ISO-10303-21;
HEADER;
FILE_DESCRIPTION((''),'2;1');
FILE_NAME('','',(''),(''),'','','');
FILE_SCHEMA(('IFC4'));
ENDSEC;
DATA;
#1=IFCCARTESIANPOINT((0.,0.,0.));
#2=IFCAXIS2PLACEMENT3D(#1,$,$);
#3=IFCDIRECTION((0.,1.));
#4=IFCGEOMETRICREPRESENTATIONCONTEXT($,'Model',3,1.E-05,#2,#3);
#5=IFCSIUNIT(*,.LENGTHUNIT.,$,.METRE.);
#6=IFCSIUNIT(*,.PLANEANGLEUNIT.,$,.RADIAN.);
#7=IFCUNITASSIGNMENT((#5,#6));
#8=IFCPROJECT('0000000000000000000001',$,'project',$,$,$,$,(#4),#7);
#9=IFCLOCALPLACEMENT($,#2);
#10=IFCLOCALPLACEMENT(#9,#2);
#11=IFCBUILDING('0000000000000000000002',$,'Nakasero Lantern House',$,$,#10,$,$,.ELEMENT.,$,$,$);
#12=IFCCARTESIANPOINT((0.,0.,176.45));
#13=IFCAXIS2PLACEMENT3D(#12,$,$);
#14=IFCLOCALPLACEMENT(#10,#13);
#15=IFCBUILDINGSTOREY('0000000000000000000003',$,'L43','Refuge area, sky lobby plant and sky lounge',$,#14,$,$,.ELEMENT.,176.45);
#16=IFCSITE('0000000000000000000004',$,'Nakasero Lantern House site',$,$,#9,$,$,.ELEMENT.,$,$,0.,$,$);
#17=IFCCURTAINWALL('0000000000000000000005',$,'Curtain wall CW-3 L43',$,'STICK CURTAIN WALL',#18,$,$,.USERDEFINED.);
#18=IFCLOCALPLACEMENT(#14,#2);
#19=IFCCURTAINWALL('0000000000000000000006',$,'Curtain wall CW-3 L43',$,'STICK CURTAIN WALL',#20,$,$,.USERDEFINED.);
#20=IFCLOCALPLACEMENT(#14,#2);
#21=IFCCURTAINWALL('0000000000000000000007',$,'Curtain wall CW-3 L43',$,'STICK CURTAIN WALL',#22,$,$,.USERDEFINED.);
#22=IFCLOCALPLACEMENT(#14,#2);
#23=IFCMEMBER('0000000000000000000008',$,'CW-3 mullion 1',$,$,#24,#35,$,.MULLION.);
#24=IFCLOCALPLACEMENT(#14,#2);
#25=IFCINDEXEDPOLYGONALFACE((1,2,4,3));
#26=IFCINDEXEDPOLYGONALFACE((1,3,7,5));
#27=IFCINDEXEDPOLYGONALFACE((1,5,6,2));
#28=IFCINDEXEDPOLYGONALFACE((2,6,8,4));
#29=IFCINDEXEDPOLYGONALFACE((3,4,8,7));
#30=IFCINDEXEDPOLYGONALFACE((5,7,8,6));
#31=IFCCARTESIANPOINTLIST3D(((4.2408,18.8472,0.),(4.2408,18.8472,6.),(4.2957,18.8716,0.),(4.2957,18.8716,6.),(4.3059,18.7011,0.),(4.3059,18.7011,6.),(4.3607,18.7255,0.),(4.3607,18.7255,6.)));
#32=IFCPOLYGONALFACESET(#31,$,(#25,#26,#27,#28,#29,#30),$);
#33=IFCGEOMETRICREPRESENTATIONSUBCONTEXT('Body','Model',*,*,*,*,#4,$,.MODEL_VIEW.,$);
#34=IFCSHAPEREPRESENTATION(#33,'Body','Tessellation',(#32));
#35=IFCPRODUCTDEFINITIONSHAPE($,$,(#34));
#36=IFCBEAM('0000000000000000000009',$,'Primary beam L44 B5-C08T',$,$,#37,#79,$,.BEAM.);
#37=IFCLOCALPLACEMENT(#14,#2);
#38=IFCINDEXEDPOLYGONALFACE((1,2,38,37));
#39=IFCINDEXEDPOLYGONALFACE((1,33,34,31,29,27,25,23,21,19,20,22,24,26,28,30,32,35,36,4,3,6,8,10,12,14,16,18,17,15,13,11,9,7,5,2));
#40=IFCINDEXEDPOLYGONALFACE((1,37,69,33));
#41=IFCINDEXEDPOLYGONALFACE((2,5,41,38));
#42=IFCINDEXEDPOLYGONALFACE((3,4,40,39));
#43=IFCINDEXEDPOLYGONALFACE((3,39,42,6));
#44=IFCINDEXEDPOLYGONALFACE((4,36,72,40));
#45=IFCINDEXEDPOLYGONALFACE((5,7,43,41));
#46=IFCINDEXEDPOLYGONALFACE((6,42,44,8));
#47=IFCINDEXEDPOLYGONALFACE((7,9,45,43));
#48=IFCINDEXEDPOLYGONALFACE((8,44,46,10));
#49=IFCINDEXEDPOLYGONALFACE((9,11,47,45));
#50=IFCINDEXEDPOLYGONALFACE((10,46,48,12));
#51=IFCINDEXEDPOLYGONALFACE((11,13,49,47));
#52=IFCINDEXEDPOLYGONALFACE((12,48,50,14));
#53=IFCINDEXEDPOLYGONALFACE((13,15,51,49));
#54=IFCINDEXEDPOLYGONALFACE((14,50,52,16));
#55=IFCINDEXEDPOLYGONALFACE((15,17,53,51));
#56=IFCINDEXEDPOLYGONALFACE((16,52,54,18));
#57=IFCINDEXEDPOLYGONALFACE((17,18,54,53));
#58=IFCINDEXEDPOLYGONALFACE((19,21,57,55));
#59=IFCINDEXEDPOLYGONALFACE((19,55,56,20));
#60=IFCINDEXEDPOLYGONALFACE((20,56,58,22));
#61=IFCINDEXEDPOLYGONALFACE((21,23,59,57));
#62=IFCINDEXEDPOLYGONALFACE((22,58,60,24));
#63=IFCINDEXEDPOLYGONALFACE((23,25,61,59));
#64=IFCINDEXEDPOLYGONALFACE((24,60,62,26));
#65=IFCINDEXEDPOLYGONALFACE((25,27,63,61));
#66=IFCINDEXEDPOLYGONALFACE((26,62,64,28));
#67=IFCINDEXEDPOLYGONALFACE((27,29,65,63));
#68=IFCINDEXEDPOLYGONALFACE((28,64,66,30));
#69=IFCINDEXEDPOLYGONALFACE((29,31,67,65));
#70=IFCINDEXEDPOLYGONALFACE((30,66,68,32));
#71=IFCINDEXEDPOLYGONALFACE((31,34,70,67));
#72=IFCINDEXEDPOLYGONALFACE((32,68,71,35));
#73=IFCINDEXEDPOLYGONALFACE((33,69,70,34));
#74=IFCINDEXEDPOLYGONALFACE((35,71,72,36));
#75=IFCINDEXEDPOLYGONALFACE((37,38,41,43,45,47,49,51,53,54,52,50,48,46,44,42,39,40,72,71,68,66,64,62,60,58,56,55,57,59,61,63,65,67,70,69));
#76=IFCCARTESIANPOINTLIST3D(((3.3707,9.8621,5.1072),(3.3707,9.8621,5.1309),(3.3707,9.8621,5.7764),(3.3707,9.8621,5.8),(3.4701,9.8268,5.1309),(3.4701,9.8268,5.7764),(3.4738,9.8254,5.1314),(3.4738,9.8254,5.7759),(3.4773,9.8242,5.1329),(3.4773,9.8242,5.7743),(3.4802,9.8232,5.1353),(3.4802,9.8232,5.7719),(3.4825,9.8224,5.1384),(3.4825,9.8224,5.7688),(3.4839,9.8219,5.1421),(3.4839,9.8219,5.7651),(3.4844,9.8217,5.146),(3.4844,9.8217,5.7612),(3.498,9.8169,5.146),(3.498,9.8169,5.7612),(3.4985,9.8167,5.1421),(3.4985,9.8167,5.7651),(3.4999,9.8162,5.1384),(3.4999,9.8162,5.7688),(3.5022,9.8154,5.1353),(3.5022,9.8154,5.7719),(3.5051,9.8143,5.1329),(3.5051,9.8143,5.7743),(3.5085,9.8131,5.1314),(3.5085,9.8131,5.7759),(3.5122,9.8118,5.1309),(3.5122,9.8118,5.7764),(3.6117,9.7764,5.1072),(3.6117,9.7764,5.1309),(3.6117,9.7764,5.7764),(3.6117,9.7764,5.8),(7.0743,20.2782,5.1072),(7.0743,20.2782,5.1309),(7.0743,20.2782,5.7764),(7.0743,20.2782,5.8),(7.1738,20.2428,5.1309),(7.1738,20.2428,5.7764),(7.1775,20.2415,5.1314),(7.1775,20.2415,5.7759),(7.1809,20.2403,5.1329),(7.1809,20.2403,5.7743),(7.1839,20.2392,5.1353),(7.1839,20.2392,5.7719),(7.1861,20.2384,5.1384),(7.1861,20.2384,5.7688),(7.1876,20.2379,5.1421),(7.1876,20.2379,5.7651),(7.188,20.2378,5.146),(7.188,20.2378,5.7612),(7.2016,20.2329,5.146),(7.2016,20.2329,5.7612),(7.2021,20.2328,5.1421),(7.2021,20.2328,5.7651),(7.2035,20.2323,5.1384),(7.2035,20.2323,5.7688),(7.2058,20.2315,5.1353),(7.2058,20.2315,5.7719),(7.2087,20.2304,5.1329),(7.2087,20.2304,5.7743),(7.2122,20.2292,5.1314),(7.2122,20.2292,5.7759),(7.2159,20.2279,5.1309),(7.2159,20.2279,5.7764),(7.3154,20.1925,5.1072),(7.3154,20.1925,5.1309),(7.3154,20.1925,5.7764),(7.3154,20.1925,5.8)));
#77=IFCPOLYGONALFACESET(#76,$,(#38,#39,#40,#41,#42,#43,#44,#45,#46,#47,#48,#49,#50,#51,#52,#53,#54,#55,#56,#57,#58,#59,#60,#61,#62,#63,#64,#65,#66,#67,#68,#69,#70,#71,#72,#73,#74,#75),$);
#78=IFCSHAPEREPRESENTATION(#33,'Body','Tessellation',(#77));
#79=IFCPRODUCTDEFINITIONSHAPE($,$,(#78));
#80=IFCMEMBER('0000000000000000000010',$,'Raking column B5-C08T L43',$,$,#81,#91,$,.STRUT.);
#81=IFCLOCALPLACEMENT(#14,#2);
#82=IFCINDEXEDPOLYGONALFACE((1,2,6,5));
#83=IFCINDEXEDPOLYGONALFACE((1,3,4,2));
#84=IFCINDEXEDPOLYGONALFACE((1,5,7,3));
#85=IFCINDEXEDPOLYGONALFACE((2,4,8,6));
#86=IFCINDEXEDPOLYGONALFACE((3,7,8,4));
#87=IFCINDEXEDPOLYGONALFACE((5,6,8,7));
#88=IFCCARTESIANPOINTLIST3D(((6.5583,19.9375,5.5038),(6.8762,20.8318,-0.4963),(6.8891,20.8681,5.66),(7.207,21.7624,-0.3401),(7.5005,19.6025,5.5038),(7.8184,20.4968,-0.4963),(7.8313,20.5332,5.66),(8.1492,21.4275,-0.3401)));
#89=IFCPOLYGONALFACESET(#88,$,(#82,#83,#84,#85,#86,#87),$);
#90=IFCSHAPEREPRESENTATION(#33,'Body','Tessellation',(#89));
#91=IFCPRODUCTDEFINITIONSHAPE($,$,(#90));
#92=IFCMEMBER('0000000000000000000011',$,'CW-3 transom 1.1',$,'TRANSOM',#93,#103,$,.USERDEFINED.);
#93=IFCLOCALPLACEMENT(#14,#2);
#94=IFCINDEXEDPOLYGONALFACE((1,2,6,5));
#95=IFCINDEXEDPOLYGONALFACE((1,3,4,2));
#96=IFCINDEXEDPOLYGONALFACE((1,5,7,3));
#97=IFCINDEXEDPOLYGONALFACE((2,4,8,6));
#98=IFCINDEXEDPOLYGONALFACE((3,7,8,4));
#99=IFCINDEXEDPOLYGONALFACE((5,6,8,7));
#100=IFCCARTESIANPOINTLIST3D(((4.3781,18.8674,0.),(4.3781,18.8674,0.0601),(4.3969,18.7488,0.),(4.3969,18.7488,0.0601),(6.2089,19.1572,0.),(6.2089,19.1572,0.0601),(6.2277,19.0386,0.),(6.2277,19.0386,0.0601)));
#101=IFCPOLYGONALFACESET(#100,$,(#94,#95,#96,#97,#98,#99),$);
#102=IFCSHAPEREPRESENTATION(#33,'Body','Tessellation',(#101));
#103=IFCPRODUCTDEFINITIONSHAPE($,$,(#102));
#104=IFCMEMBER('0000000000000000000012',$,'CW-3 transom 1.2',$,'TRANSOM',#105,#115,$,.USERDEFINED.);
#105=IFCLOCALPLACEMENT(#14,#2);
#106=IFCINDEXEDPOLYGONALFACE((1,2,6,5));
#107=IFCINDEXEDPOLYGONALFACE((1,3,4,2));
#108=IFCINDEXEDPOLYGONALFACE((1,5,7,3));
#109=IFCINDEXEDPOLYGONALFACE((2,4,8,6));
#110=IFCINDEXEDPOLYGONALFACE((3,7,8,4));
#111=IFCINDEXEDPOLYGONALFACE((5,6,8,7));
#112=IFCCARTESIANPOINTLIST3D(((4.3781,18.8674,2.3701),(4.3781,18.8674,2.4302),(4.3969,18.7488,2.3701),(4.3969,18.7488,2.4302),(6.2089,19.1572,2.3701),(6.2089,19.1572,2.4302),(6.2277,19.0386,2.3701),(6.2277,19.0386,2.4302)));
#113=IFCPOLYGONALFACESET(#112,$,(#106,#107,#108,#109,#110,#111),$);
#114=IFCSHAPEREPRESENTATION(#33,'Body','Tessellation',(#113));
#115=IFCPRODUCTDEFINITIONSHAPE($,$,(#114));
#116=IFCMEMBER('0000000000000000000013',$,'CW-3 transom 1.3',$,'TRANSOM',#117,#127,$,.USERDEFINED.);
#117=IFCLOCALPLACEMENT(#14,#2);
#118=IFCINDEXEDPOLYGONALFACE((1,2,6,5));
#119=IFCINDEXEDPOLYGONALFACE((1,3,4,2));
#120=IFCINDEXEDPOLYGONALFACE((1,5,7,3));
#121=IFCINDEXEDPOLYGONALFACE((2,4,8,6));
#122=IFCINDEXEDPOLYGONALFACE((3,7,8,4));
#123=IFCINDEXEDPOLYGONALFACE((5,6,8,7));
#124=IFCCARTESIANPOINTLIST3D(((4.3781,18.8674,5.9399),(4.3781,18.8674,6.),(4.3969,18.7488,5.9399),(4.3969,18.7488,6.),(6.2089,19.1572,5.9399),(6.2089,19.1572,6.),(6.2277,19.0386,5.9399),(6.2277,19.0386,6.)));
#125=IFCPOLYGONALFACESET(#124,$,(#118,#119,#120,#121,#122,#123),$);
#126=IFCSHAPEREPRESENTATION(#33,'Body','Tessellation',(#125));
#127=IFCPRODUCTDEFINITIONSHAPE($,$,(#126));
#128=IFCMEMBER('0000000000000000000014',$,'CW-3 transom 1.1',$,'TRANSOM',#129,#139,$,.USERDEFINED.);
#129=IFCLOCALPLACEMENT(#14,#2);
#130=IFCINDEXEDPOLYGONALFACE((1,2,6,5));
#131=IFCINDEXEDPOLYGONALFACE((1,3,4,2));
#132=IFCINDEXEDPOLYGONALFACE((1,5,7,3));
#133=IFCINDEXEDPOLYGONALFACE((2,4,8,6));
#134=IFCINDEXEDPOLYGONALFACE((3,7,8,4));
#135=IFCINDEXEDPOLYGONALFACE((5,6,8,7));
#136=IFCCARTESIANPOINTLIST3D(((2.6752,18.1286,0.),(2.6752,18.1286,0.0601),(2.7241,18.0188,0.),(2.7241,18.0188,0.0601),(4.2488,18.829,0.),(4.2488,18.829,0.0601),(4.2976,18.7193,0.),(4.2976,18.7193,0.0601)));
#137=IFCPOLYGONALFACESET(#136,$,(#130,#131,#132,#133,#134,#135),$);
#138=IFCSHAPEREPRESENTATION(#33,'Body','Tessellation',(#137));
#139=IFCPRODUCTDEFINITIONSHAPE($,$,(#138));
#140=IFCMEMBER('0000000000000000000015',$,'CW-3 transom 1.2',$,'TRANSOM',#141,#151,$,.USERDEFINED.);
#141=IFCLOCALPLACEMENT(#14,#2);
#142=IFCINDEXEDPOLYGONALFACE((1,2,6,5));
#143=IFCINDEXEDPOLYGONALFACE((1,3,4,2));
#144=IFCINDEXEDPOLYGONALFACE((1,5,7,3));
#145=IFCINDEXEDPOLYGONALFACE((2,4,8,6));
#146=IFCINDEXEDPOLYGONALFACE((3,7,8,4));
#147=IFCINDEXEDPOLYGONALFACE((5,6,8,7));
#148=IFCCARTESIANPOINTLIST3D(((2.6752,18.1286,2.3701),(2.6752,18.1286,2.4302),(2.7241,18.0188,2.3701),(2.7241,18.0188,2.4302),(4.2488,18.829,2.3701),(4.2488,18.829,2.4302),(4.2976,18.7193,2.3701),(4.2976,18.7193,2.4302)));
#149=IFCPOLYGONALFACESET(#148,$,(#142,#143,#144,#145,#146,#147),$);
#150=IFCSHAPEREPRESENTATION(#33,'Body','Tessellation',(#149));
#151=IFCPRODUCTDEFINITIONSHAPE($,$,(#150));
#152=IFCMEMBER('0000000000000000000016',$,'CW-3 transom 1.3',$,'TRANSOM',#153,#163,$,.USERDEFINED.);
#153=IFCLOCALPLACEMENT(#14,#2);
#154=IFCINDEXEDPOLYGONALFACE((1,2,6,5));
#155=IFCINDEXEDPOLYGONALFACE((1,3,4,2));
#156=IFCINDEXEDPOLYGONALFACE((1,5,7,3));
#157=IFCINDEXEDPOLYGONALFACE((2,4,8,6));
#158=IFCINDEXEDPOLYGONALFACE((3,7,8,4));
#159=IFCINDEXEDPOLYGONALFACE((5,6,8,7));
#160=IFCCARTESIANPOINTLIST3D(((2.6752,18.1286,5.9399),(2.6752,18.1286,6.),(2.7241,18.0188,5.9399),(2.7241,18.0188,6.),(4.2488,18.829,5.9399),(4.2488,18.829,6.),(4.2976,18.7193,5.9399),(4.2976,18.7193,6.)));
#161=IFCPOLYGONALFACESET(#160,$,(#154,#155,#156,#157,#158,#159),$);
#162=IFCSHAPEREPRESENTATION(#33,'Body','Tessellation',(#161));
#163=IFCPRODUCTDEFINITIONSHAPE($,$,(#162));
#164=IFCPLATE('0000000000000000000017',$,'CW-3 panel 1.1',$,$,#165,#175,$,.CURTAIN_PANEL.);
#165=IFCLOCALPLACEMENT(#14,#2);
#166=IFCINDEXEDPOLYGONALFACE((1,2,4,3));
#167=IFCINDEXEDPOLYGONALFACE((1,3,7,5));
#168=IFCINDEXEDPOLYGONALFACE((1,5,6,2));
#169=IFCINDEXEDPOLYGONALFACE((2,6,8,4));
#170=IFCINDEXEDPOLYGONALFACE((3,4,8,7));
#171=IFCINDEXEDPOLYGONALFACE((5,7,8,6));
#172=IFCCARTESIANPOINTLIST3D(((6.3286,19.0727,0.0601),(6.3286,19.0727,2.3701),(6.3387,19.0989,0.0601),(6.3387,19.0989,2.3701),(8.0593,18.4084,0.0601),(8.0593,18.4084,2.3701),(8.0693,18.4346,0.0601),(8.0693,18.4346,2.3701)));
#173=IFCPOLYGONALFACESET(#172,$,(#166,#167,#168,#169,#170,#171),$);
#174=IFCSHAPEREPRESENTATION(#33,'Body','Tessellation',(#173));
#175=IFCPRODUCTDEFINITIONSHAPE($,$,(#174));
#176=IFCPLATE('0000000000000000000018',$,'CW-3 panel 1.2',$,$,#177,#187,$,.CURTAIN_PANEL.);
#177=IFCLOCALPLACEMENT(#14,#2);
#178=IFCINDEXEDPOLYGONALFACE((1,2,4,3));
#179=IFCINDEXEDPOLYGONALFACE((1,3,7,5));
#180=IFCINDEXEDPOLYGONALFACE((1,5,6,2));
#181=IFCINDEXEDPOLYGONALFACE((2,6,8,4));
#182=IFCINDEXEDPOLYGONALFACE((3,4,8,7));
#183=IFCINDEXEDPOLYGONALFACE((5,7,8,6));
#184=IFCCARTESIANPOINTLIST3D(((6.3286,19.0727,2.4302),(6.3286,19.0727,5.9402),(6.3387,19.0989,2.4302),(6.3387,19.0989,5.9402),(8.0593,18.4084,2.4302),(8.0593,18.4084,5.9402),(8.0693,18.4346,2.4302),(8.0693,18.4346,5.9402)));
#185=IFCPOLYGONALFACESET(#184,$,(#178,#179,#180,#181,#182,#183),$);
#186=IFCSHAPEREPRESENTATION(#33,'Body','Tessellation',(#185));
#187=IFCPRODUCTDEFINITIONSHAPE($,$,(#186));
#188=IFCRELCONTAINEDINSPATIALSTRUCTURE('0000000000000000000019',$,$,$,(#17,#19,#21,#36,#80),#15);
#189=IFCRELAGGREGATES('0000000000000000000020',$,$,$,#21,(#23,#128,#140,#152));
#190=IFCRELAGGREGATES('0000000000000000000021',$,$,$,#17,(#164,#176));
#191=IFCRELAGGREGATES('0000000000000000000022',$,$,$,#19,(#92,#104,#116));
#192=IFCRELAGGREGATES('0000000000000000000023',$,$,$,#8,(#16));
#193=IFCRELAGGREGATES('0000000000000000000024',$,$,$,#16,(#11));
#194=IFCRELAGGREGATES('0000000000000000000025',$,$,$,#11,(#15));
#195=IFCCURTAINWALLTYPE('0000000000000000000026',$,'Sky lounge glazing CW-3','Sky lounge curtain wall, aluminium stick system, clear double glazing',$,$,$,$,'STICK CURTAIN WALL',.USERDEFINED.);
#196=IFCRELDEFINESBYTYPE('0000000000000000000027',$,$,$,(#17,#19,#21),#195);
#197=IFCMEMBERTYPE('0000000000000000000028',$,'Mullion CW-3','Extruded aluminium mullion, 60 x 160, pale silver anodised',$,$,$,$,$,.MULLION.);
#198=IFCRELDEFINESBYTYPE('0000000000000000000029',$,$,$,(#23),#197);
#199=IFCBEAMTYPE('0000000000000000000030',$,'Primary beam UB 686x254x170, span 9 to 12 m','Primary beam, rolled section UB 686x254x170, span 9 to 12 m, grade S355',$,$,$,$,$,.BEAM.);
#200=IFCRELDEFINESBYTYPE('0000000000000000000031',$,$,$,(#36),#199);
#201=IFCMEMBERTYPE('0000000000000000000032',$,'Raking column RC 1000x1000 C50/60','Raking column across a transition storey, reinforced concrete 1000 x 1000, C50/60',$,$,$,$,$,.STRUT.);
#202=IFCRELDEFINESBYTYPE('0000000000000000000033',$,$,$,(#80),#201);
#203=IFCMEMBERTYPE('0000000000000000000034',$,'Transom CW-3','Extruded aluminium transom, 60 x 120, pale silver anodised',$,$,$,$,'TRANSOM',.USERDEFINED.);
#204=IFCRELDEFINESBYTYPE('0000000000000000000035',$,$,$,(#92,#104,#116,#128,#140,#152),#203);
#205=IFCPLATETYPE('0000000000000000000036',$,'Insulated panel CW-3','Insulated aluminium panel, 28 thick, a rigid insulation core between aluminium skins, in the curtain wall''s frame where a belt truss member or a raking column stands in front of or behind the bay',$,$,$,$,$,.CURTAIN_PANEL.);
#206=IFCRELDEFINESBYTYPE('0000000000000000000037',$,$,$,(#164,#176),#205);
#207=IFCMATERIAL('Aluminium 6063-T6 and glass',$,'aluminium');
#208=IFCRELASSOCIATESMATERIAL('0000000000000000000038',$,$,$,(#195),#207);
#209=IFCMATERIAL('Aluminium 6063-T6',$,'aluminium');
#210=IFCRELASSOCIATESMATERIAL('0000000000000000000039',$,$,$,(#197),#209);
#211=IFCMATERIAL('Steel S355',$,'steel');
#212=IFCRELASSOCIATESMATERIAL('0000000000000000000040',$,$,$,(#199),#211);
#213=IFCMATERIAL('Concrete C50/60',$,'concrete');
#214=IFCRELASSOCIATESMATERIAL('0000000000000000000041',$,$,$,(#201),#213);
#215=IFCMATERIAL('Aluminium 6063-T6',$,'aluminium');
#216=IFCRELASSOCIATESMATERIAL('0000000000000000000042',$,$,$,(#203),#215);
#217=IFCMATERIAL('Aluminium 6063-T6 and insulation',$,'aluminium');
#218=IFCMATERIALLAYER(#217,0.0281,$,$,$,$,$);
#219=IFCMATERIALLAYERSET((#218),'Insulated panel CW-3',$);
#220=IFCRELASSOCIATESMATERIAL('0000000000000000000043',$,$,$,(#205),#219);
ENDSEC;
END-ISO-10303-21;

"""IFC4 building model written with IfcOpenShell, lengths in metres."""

from ifc_helpers import new_model, si_unit, direction, frame, origin, origin_2d, place, context, subcontext, project, spatial, rectangle, i_section, extrude, material, layer, layer_set, material_profile, profile_set, type_object, element, aggregate, save


model = new_model("IFC4")

# Units and contexts
model_context = context("Model", 3, precision=1e-05, world=origin(), true_north=direction((0.0, 1.0)))
body_context = subcontext(model_context, "Body", "Model", "MODEL_VIEW")
ifc_project = project(units=[si_unit("LENGTHUNIT", "METRE"), si_unit("PLANEANGLEUNIT", "RADIAN")], contexts=[model_context])

# Site, building, storey
site_placement = place(None, origin())
site = spatial("IfcSite", under=ifc_project, at=site_placement, Name="Nakasero Lantern House site", CompositionType="ELEMENT", RefElevation=0.0)
building_placement = place(site_placement, origin())
building = spatial("IfcBuilding", under=site, at=building_placement, Name="Nakasero Lantern House", CompositionType="ELEMENT")
storey_placement = place(building_placement, frame((0.0, 0.0, 176.45)))
storey = spatial("IfcBuildingStorey", under=building, at=storey_placement, Name="L43", Description="Refuge area, sky lobby plant and sky lounge", CompositionType="ELEMENT", Elevation=176.45)

# Curtain wall
ifc_material_1 = material(Name="Aluminium 6063-T6 and glass", Category="aluminium")
curtain_wall_type = type_object("IfcCurtainWallType", Name="Sky lounge glazing CW-3", Description="Sky lounge curtain wall, aluminium stick system, clear double glazing", ElementType="STICK CURTAIN WALL", PredefinedType="USERDEFINED", material=ifc_material_1)
curtain_wall_1_placement = place(storey_placement, origin())
curtain_wall_1 = element("IfcCurtainWall", 1, at=curtain_wall_1_placement, inside=storey, type_object=curtain_wall_type, Name="Curtain wall CW-3 L43", ObjectType="STICK CURTAIN WALL", PredefinedType="USERDEFINED")
ifc_material_2 = material(Name="Aluminium 6063-T6", Category="aluminium")
ifc_material_profile_1 = material_profile(ifc_material_2, rectangle(XDim=0.0601, YDim=0.1599, at=origin_2d()), Name="CW-3 mullion 60x160")
ifc_profile_set_1 = profile_set([ifc_material_profile_1], Name="Aluminium 6063-T6")
member_type_1 = type_object("IfcMemberType", Name="Mullion CW-3", Description="Extruded aluminium mullion, 60 x 160, pale silver anodised", PredefinedType="MULLION", material=ifc_profile_set_1)

# Curtain wall
curtain_wall_2_placement = place(storey_placement, origin())
curtain_wall_2 = element("IfcCurtainWall", 2, at=curtain_wall_2_placement, inside=storey, type_object=curtain_wall_type, Name="Curtain wall CW-3 L43", ObjectType="STICK CURTAIN WALL", PredefinedType="USERDEFINED")

# Curtain wall, member
curtain_wall_3_placement = place(storey_placement, origin())
curtain_wall_3 = element("IfcCurtainWall", 3, at=curtain_wall_3_placement, inside=storey, type_object=curtain_wall_type, Name="Curtain wall CW-3 L43", ObjectType="STICK CURTAIN WALL", PredefinedType="USERDEFINED")
member_1_placement = place(storey_placement, frame((4.3008, 18.7864, 0.0), z_axis=(0.0, 0.0, 1.0), x_axis=(-0.913545, -0.406737, 0.0)))
member_1 = element("IfcMember", 4, at=member_1_placement, type_object=member_type_1, Name="CW-3 mullion 1", PredefinedType="MULLION", context=body_context, shape_type="SweptSolid", body=[
    extrude(rectangle(XDim=0.0601, YDim=0.1599, at=origin_2d()), origin(), (0.0, 0.0, 1.0), 6.0),
])

# Beam
ifc_material_3 = material(Name="Steel S355", Category="steel")
ifc_material_profile_2 = material_profile(ifc_material_3, i_section(OverallWidth=0.2559, OverallDepth=0.6929, WebThickness=0.0144, FlangeThickness=0.0237, FilletRadius=0.0151, at=origin_2d()), Name="UB 686x254x170")
ifc_profile_set_2 = profile_set([ifc_material_profile_2], Name="Steel S355")
beam_type = type_object("IfcBeamType", Name="Primary beam UB 686x254x170, span 9 to 12 m", Description="Primary beam, rolled section UB 686x254x170, span 9 to 12 m, grade S355", PredefinedType="BEAM", material=ifc_profile_set_2)
beam_placement = place(storey_placement, frame((7.1948, 20.2354, 5.4536), z_axis=(-0.335021, -0.942211, 0.0), x_axis=(0.942211, -0.335021, 0.0)))
element("IfcBeam", 5, at=beam_placement, inside=storey, type_object=beam_type, Name="Primary beam L44 B5-C08T", PredefinedType="BEAM", context=body_context, shape_type="SweptSolid", body=[
    extrude(i_section(OverallWidth=0.2559, OverallDepth=0.6929, WebThickness=0.0144, FlangeThickness=0.0237, FilletRadius=0.0151, at=origin_2d()), origin(), (0.0, 0.0, 1.0), 11.0549),
])

# Members
ifc_material_4 = material(Name="Concrete C50/60", Category="concrete")
ifc_material_profile_3 = material_profile(ifc_material_4, rectangle(XDim=1.0, YDim=1.0, at=origin_2d()), Name="RC 1000x1000")
ifc_profile_set_3 = profile_set([ifc_material_profile_3], Name="Concrete C50/60")
member_type_2 = type_object("IfcMemberType", Name="Raking column RC 1000x1000 C50/60", Description="Raking column across a transition storey, reinforced concrete 1000 x 1000, C50/60", PredefinedType="STRUT", material=ifc_profile_set_3)
member_2_placement = place(storey_placement, frame((7.5127, 21.1296, -0.4182), z_axis=(-0.052328, -0.147217, 0.987719), x_axis=(0.942247, -0.334918, 0.0)))
element("IfcMember", 6, at=member_2_placement, inside=storey, type_object=member_type_2, Name="Raking column B5-C08T L43", PredefinedType="STRUT", context=body_context, shape_type="SweptSolid", body=[
    extrude(rectangle(XDim=1.0, YDim=1.0, at=origin_2d()), origin(), (0.0, 0.0, 1.0), 6.0747),
])
ifc_material_5 = material(Name="Aluminium 6063-T6", Category="aluminium")
ifc_material_profile_4 = material_profile(ifc_material_5, rectangle(XDim=0.0601, YDim=0.1201, at=origin_2d()), Name="CW-3 transom 60x120")
ifc_profile_set_4 = profile_set([ifc_material_profile_4], Name="Aluminium 6063-T6")
member_type_3 = type_object("IfcMemberType", Name="Transom CW-3", Description="Extruded aluminium transom, 60 x 120, pale silver anodised", ElementType="TRANSOM", PredefinedType="USERDEFINED", material=ifc_profile_set_4)
member_3_placement = place(storey_placement, frame((6.2183, 19.0979, 0.03), z_axis=(-0.987703, -0.156341, 0.0), x_axis=(0.0, 0.0, 1.0)))
member_3 = element("IfcMember", 7, at=member_3_placement, type_object=member_type_3, Name="CW-3 transom 1.1", ObjectType="TRANSOM", PredefinedType="USERDEFINED", context=body_context, shape_type="SweptSolid", body=[
    extrude(rectangle(XDim=0.0601, YDim=0.1201, at=origin_2d()), origin(), (0.0, 0.0, 1.0), 1.8535),
])
member_4_placement = place(storey_placement, frame((6.2183, 19.0979, 2.4001), z_axis=(-0.987703, -0.156341, 0.0), x_axis=(0.0, 0.0, 1.0)))
member_4 = element("IfcMember", 8, at=member_4_placement, type_object=member_type_3, Name="CW-3 transom 1.2", ObjectType="TRANSOM", PredefinedType="USERDEFINED", context=body_context, shape_type="SweptSolid", body=[
    extrude(rectangle(XDim=0.0601, YDim=0.1201, at=origin_2d()), origin(), (0.0, 0.0, 1.0), 1.8535),
])
member_5_placement = place(storey_placement, frame((6.2183, 19.0979, 5.97), z_axis=(-0.987703, -0.156341, 0.0), x_axis=(0.0, 0.0, 1.0)))
member_5 = element("IfcMember", 9, at=member_5_placement, type_object=member_type_3, Name="CW-3 transom 1.3", ObjectType="TRANSOM", PredefinedType="USERDEFINED", context=body_context, shape_type="SweptSolid", body=[
    extrude(rectangle(XDim=0.0601, YDim=0.1201, at=origin_2d()), origin(), (0.0, 0.0, 1.0), 1.8535),
])
member_6_placement = place(storey_placement, frame((4.2732, 18.7742, 0.03), z_axis=(-0.913572, -0.406678, 0.0), x_axis=(0.0, 0.0, 1.0)))
member_6 = element("IfcMember", 10, at=member_6_placement, type_object=member_type_3, Name="CW-3 transom 1.1", ObjectType="TRANSOM", PredefinedType="USERDEFINED", context=body_context, shape_type="SweptSolid", body=[
    extrude(rectangle(XDim=0.0601, YDim=0.1201, at=origin_2d()), origin(), (0.0, 0.0, 1.0), 1.7224),
])
member_7_placement = place(storey_placement, frame((4.2732, 18.7742, 2.4001), z_axis=(-0.913572, -0.406678, 0.0), x_axis=(0.0, 0.0, 1.0)))
member_7 = element("IfcMember", 11, at=member_7_placement, type_object=member_type_3, Name="CW-3 transom 1.2", ObjectType="TRANSOM", PredefinedType="USERDEFINED", context=body_context, shape_type="SweptSolid", body=[
    extrude(rectangle(XDim=0.0601, YDim=0.1201, at=origin_2d()), origin(), (0.0, 0.0, 1.0), 1.7224),
])
member_8_placement = place(storey_placement, frame((4.2732, 18.7742, 5.97), z_axis=(-0.913572, -0.406678, 0.0), x_axis=(0.0, 0.0, 1.0)))
member_8 = element("IfcMember", 12, at=member_8_placement, type_object=member_type_3, Name="CW-3 transom 1.3", ObjectType="TRANSOM", PredefinedType="USERDEFINED", context=body_context, shape_type="SweptSolid", body=[
    extrude(rectangle(XDim=0.0601, YDim=0.1201, at=origin_2d()), origin(), (0.0, 0.0, 1.0), 1.7224),
])
aggregate(curtain_wall_3, [member_1, member_6, member_7, member_8])

# Plates
ifc_material_6 = material(Name="Aluminium 6063-T6 and insulation", Category="aluminium")
ifc_layer_1 = layer(ifc_material_6, 0.0281)
ifc_layer_set_1 = layer_set([ifc_layer_1], Name="Insulated panel CW-3")
plate_type = type_object("IfcPlateType", Name="Insulated panel CW-3", Description="Insulated aluminium panel, 28 thick, a rigid insulation core between aluminium skins, in the curtain wall's frame where a belt truss member or a raking column stands in front of or behind the bay", PredefinedType="CURTAIN_PANEL", material=ifc_layer_set_1)
plate_1_placement = place(storey_placement, frame((7.199, 18.7537, 0.0601), z_axis=(0.0, 0.0, 1.0), x_axis=(-0.93358, 0.358368, 0.0)))
plate_1 = element("IfcPlate", 13, at=plate_1_placement, type_object=plate_type, Name="CW-3 panel 1.1", PredefinedType="CURTAIN_PANEL", context=body_context, shape_type="SweptSolid", body=[
    extrude(rectangle(XDim=1.8538, YDim=0.0281, at=origin_2d()), origin(), (0.0, 0.0, 1.0), 2.3101),
])
plate_2_placement = place(storey_placement, frame((7.199, 18.7537, 2.4302), z_axis=(0.0, 0.0, 1.0), x_axis=(-0.93358, 0.358368, 0.0)))
plate_2 = element("IfcPlate", 14, at=plate_2_placement, type_object=plate_type, Name="CW-3 panel 1.2", PredefinedType="CURTAIN_PANEL", context=body_context, shape_type="SweptSolid", body=[
    extrude(rectangle(XDim=1.8538, YDim=0.0281, at=origin_2d()), origin(), (0.0, 0.0, 1.0), 3.51),
])
aggregate(curtain_wall_1, [plate_1, plate_2])
aggregate(curtain_wall_2, [member_3, member_4, member_5])

save(model, "model.ifc")
